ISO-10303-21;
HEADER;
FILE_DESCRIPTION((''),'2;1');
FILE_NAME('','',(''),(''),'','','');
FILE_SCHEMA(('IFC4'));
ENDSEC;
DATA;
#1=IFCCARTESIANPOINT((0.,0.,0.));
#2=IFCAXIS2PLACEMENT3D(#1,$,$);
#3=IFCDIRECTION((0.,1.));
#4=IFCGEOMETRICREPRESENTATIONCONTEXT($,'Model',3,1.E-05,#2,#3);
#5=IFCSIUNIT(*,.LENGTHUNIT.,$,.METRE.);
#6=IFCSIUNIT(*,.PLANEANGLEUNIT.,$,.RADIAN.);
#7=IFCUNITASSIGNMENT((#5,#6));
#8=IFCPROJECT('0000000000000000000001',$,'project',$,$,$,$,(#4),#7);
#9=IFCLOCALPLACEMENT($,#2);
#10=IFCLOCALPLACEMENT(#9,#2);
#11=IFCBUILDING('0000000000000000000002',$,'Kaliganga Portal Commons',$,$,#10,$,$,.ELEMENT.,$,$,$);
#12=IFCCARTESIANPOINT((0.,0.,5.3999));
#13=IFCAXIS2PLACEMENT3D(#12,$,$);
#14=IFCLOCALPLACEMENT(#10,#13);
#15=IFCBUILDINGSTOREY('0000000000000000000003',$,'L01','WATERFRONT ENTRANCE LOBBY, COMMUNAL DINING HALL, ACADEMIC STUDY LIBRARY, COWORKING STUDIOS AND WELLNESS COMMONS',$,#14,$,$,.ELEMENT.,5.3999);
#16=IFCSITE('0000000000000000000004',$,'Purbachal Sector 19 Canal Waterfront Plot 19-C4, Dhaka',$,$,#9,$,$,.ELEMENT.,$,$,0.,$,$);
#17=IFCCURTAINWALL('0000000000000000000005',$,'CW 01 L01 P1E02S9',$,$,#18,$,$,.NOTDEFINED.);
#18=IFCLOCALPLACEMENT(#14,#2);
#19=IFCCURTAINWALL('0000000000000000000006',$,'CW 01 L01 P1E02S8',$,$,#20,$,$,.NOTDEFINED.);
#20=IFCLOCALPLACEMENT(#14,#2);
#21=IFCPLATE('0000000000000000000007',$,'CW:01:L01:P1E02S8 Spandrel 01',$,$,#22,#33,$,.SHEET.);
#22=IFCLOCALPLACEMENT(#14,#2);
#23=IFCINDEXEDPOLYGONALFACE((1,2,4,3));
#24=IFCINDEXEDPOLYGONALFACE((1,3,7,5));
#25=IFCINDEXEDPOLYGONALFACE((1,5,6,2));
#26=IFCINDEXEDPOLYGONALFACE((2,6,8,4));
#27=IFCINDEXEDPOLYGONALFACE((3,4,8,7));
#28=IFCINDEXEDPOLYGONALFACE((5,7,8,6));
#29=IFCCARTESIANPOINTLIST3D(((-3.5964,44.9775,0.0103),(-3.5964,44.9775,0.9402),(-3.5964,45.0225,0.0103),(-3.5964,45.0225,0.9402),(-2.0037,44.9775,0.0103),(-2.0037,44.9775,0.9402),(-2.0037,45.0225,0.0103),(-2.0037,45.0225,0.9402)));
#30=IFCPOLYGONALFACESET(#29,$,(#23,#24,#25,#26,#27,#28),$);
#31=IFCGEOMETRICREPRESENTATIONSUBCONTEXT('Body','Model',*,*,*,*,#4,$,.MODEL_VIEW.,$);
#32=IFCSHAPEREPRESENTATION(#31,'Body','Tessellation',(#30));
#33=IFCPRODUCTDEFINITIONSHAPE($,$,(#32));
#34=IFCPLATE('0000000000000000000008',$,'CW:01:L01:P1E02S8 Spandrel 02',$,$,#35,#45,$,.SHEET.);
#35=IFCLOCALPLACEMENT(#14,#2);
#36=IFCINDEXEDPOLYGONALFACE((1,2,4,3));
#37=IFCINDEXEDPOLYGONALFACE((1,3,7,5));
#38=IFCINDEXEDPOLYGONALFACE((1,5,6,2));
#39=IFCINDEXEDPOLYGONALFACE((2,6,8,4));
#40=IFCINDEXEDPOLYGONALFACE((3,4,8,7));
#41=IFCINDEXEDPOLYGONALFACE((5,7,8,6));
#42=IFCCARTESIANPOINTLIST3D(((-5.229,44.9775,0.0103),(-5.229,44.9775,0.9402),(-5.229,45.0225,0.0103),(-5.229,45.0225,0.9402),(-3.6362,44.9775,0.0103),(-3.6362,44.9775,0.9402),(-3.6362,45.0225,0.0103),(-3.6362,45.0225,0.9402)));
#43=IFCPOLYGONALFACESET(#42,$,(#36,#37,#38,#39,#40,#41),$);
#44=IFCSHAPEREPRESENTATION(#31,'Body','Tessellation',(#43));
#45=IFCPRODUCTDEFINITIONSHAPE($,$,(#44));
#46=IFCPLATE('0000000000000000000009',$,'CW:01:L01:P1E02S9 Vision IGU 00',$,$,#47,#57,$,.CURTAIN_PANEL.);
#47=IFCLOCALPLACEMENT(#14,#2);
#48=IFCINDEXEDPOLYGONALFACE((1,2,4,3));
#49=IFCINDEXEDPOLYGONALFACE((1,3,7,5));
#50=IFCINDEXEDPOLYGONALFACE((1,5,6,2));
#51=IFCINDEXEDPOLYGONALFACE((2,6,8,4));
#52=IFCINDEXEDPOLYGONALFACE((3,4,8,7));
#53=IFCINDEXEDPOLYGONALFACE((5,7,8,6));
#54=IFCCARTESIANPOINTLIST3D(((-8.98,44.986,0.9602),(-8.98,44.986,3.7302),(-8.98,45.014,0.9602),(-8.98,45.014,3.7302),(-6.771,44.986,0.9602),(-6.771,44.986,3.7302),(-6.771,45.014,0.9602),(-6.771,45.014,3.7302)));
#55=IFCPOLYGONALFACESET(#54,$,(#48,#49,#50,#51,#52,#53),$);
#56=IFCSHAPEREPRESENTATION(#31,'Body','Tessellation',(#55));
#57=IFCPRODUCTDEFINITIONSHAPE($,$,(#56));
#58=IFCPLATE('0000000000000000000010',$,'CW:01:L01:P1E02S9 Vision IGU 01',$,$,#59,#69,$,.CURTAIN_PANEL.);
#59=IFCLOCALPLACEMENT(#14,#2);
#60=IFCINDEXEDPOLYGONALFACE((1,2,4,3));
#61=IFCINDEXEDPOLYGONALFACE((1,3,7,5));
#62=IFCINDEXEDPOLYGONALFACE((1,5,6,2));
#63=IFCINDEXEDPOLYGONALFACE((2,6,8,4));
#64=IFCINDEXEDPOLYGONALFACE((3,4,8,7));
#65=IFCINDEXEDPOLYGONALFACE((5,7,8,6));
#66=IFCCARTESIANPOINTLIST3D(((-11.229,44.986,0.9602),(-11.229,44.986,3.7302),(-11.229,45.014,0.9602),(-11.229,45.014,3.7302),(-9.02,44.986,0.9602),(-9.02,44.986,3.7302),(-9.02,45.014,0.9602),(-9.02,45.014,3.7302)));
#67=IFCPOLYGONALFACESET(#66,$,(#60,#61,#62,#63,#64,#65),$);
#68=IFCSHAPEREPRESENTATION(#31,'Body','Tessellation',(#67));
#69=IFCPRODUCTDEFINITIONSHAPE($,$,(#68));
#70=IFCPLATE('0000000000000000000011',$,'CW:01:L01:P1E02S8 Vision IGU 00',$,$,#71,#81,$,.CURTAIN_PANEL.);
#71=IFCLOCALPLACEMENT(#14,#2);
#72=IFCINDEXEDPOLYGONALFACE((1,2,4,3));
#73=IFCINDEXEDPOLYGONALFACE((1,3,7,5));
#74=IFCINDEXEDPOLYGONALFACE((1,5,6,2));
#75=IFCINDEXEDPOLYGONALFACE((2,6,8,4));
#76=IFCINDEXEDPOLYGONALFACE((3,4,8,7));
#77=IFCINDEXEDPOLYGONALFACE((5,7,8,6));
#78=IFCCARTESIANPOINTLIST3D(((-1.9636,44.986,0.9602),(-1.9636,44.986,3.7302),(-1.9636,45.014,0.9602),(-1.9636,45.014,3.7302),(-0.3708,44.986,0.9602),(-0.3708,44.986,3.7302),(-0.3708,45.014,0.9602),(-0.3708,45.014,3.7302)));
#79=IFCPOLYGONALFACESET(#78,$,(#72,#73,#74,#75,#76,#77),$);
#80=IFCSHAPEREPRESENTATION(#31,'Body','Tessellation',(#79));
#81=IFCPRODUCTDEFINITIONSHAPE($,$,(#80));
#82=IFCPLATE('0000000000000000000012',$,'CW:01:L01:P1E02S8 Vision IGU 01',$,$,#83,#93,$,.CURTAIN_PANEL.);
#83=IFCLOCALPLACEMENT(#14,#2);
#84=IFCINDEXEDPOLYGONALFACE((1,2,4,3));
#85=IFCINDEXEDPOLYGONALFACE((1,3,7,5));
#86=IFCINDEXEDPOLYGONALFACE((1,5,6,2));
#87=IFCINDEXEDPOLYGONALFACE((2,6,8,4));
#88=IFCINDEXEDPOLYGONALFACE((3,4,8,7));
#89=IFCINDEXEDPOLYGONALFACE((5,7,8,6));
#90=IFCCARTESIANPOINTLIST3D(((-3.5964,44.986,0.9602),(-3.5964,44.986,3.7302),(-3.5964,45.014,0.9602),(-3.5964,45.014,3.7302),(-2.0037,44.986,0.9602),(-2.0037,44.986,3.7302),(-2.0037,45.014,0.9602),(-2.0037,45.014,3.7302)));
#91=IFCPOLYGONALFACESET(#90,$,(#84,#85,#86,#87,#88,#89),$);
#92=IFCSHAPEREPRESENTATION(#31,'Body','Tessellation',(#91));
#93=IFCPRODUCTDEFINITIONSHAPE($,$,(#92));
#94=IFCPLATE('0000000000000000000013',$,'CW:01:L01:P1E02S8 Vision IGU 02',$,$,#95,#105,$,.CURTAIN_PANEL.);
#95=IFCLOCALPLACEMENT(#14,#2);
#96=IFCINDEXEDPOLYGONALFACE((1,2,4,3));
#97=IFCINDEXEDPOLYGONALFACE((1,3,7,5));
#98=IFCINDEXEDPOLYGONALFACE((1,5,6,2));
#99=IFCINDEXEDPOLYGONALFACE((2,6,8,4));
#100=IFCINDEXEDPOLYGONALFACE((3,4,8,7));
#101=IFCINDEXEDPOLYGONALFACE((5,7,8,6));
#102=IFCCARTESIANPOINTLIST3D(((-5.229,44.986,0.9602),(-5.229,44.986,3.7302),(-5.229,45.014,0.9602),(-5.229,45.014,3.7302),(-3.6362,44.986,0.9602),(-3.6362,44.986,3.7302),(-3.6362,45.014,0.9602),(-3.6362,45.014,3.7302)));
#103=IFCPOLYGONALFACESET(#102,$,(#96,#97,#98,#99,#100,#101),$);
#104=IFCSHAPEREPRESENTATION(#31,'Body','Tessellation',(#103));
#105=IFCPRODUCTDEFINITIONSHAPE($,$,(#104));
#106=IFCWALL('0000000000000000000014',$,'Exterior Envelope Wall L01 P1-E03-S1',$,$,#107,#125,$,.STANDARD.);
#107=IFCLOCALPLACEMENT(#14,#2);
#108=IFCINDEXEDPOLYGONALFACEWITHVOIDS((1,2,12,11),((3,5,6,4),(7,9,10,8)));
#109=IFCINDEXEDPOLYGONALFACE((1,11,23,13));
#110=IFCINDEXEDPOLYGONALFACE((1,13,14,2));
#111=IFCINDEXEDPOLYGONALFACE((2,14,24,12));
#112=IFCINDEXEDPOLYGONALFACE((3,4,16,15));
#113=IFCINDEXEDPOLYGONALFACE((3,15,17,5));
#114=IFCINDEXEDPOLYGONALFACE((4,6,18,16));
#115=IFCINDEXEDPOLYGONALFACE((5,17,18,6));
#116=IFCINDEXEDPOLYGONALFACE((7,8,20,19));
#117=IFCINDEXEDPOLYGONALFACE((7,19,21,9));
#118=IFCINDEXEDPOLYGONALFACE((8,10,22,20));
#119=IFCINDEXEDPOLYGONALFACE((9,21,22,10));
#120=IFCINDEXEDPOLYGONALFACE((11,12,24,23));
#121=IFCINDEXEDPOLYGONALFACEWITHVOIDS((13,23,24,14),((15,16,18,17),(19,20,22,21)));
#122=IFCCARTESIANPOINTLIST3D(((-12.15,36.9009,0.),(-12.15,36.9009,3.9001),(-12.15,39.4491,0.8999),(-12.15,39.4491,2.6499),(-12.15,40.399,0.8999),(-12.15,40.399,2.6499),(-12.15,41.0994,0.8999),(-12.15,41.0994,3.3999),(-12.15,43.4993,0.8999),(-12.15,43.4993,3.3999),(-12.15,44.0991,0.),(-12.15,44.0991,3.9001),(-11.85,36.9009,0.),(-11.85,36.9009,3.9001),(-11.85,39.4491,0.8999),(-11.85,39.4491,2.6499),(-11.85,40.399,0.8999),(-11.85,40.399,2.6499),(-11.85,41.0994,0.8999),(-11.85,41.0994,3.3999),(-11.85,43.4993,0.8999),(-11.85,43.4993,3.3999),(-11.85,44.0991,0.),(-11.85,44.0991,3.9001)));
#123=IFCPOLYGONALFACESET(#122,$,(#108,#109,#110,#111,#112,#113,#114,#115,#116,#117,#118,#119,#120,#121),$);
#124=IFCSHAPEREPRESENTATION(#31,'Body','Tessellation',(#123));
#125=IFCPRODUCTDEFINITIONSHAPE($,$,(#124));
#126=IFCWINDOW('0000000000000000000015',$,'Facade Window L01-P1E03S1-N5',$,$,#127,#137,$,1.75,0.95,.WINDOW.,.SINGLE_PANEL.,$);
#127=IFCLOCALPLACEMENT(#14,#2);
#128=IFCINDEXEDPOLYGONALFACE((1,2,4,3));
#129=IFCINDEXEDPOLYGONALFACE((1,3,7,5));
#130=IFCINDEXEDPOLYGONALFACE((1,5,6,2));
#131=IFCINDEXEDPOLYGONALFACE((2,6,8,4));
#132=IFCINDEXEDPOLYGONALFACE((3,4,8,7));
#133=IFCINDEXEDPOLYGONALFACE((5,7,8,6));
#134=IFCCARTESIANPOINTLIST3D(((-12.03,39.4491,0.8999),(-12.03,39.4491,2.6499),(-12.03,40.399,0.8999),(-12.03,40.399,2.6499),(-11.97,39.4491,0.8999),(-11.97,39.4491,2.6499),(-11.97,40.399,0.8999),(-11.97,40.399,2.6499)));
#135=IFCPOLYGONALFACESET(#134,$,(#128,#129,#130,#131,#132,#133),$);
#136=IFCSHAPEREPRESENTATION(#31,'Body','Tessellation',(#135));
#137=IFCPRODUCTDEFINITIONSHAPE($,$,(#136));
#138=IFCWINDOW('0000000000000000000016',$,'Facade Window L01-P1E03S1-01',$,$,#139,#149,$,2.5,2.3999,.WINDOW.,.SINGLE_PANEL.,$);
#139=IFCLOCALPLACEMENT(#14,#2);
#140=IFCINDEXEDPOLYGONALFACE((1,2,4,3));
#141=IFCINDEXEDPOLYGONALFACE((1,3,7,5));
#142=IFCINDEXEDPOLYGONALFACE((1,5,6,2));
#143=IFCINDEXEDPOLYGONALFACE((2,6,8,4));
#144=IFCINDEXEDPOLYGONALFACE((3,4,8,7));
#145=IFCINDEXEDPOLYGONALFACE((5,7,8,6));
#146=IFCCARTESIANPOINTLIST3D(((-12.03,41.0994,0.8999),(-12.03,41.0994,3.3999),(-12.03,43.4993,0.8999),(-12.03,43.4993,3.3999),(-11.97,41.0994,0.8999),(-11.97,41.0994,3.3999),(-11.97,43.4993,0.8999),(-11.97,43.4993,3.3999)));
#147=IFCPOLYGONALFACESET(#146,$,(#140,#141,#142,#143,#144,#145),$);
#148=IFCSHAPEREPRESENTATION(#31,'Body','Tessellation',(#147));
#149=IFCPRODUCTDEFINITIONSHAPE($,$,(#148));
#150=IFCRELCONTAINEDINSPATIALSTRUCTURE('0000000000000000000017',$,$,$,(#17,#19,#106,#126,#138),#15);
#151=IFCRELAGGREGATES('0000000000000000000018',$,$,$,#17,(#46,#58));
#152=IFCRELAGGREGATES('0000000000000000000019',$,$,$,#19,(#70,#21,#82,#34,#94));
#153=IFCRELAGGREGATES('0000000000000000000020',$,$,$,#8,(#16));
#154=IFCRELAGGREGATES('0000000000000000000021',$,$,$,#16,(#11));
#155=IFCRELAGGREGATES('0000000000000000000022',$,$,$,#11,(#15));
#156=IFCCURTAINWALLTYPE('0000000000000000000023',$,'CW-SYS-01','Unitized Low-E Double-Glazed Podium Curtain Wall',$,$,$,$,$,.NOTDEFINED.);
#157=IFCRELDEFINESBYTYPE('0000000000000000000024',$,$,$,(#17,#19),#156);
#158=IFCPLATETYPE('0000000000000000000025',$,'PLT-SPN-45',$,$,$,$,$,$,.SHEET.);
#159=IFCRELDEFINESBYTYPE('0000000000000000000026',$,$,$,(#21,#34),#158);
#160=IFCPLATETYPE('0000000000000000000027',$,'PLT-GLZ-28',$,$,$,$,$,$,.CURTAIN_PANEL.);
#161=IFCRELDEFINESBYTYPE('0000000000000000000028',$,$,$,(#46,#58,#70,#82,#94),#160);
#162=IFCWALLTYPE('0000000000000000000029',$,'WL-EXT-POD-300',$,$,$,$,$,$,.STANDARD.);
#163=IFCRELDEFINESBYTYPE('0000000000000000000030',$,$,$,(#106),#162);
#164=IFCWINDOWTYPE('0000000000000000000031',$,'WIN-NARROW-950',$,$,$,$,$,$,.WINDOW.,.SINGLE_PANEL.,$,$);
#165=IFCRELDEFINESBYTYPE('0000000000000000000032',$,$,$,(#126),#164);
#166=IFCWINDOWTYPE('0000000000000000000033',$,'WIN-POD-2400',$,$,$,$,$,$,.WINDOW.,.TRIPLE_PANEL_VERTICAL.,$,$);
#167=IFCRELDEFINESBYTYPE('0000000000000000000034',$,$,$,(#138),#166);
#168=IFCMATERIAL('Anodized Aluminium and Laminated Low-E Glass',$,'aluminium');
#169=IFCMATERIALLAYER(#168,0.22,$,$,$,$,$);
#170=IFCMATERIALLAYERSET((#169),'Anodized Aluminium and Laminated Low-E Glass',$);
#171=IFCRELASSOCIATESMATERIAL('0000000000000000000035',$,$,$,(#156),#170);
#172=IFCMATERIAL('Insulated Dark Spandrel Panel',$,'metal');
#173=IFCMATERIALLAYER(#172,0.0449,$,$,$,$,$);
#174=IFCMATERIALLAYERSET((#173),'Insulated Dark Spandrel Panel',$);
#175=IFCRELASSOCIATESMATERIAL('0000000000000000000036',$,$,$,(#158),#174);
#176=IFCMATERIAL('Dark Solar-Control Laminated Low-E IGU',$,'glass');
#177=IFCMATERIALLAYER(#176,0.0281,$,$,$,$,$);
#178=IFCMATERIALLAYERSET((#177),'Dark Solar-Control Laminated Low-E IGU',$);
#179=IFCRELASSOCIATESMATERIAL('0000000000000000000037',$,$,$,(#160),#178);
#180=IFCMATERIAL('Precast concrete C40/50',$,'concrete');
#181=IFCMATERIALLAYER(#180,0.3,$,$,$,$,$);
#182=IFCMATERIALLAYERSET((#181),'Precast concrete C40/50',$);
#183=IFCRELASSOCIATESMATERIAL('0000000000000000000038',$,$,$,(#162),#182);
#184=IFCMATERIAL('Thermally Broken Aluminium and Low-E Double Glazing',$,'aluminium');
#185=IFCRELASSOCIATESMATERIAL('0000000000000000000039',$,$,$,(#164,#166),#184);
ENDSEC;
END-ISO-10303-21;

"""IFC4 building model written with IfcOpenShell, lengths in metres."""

from ifc_helpers import new_model, si_unit, direction, frame, frame_2d, origin, origin_2d, place, context, subcontext, project, spatial, rectangle, extrude, source, transform, mapped, material, layer, layer_set, type_object, element, fill, aggregate, save


model = new_model("IFC4")

# Units and contexts
model_context = context("Model", 3, precision=1e-05, world=origin(), true_north=direction((0.0, 1.0)))
body_context = subcontext(model_context, "Body", "Model", "MODEL_VIEW")
ifc_project = project(units=[si_unit("LENGTHUNIT", "METRE"), si_unit("PLANEANGLEUNIT", "RADIAN")], contexts=[model_context])

# Site, building, storey
site_placement = place(None, origin())
site = spatial("IfcSite", under=ifc_project, at=site_placement, Name="Purbachal Sector 19 Canal Waterfront Plot 19-C4, Dhaka", CompositionType="ELEMENT", RefElevation=0.0)
building_placement = place(site_placement, origin())
building = spatial("IfcBuilding", under=site, at=building_placement, Name="Kaliganga Portal Commons", CompositionType="ELEMENT")
storey_placement = place(building_placement, frame((0.0, 0.0, 5.3999)))
storey = spatial("IfcBuildingStorey", under=building, at=storey_placement, Name="L01", Description="WATERFRONT ENTRANCE LOBBY, COMMUNAL DINING HALL, ACADEMIC STUDY LIBRARY, COWORKING STUDIOS AND WELLNESS COMMONS", CompositionType="ELEMENT", Elevation=5.3999)

# Curtain walls
ifc_material_1 = material(Name="Anodized Aluminium and Laminated Low-E Glass", Category="aluminium")
ifc_layer_1 = layer(ifc_material_1, 0.22)
ifc_layer_set_1 = layer_set([ifc_layer_1], Name="Anodized Aluminium and Laminated Low-E Glass")
curtain_wall_type = type_object("IfcCurtainWallType", Name="CW-SYS-01", Description="Unitized Low-E Double-Glazed Podium Curtain Wall", PredefinedType="NOTDEFINED", material=ifc_layer_set_1)
curtain_wall_1_placement = place(storey_placement, origin())
curtain_wall_1 = element("IfcCurtainWall", 1, at=curtain_wall_1_placement, inside=storey, type_object=curtain_wall_type, Name="CW 01 L01 P1E02S9", PredefinedType="NOTDEFINED")
curtain_wall_2_placement = place(storey_placement, origin())
curtain_wall_2 = element("IfcCurtainWall", 2, at=curtain_wall_2_placement, inside=storey, type_object=curtain_wall_type, Name="CW 01 L01 P1E02S8", PredefinedType="NOTDEFINED")

# Plates
ifc_material_2 = material(Name="Insulated Dark Spandrel Panel", Category="metal")
ifc_layer_2 = layer(ifc_material_2, 0.0449)
ifc_layer_set_2 = layer_set([ifc_layer_2], Name="Insulated Dark Spandrel Panel")
plate_type_1 = type_object("IfcPlateType", Name="PLT-SPN-45", PredefinedType="SHEET", material=ifc_layer_set_2)
shared_shape_1 = source(origin(), body_context, "Body", "SweptSolid", [
    extrude(rectangle(XDim=1.5928, YDim=0.0449, at=origin_2d()), origin(), (0.0, 0.0, 1.0), 0.9299),
])
plate_1_placement = place(storey_placement, frame((-2.8, 45.0, 0.0103), z_axis=(0.0, 0.0, 1.0), x_axis=(-1.0, 0.0, 0.0)))
plate_1 = element("IfcPlate", 3, at=plate_1_placement, type_object=plate_type_1, Name="CW:01:L01:P1E02S8 Spandrel 01", PredefinedType="SHEET", context=body_context, shape_type="MappedRepresentation", body=[
    mapped(shared_shape_1, transform((0.0, 0.0, 0.0), x_axis=(1.0, 0.0, 0.0), y_axis=(0.0, 1.0, 0.0), z_axis=(0.0, 0.0, 1.0), scale=1.0)),
])
plate_2_placement = place(storey_placement, frame((-4.4326, 45.0, 0.0103), z_axis=(0.0, 0.0, 1.0), x_axis=(-1.0, 0.0, 0.0)))
plate_2 = element("IfcPlate", 4, at=plate_2_placement, type_object=plate_type_1, Name="CW:01:L01:P1E02S8 Spandrel 02", PredefinedType="SHEET", context=body_context, shape_type="MappedRepresentation", body=[
    mapped(shared_shape_1, transform((0.0, 0.0, 0.0), x_axis=(1.0, 0.0, 0.0), y_axis=(0.0, 1.0, 0.0), z_axis=(0.0, 0.0, 1.0), scale=1.0)),
])
ifc_material_3 = material(Name="Dark Solar-Control Laminated Low-E IGU", Category="glass")
ifc_layer_3 = layer(ifc_material_3, 0.0281)
ifc_layer_set_3 = layer_set([ifc_layer_3], Name="Dark Solar-Control Laminated Low-E IGU")
plate_type_2 = type_object("IfcPlateType", Name="PLT-GLZ-28", PredefinedType="CURTAIN_PANEL", material=ifc_layer_set_3)
shared_shape_2 = source(origin(), body_context, "Body", "SweptSolid", [
    extrude(rectangle(XDim=2.209, YDim=0.0281, at=origin_2d()), origin(), (0.0, 0.0, 1.0), 2.77),
])
plate_3_placement = place(storey_placement, frame((-7.8755, 45.0, 0.9602), z_axis=(0.0, 0.0, 1.0), x_axis=(-1.0, 0.0, 0.0)))
plate_3 = element("IfcPlate", 5, at=plate_3_placement, type_object=plate_type_2, Name="CW:01:L01:P1E02S9 Vision IGU 00", PredefinedType="CURTAIN_PANEL", context=body_context, shape_type="MappedRepresentation", body=[
    mapped(shared_shape_2, transform((0.0, 0.0, 0.0), x_axis=(1.0, 0.0, 0.0), y_axis=(0.0, 1.0, 0.0), z_axis=(0.0, 0.0, 1.0), scale=1.0)),
])
plate_4_placement = place(storey_placement, frame((-10.1245, 45.0, 0.9602), z_axis=(0.0, 0.0, 1.0), x_axis=(-1.0, 0.0, 0.0)))
plate_4 = element("IfcPlate", 6, at=plate_4_placement, type_object=plate_type_2, Name="CW:01:L01:P1E02S9 Vision IGU 01", PredefinedType="CURTAIN_PANEL", context=body_context, shape_type="MappedRepresentation", body=[
    mapped(shared_shape_2, transform((0.0, 0.0, 0.0), x_axis=(1.0, 0.0, 0.0), y_axis=(0.0, 1.0, 0.0), z_axis=(0.0, 0.0, 1.0), scale=1.0)),
])
aggregate(curtain_wall_1, [plate_3, plate_4])
shared_shape_3 = source(origin(), body_context, "Body", "SweptSolid", [
    extrude(rectangle(XDim=1.5928, YDim=0.0281, at=origin_2d()), origin(), (0.0, 0.0, 1.0), 2.77),
])
plate_5_placement = place(storey_placement, frame((-1.1672, 45.0, 0.9602), z_axis=(0.0, 0.0, 1.0), x_axis=(-1.0, 0.0, 0.0)))
plate_5 = element("IfcPlate", 7, at=plate_5_placement, type_object=plate_type_2, Name="CW:01:L01:P1E02S8 Vision IGU 00", PredefinedType="CURTAIN_PANEL", context=body_context, shape_type="MappedRepresentation", body=[
    mapped(shared_shape_3, transform((0.0, 0.0, 0.0), x_axis=(1.0, 0.0, 0.0), y_axis=(0.0, 1.0, 0.0), z_axis=(0.0, 0.0, 1.0), scale=1.0)),
])
plate_6_placement = place(storey_placement, frame((-2.8, 45.0, 0.9602), z_axis=(0.0, 0.0, 1.0), x_axis=(-1.0, 0.0, 0.0)))
plate_6 = element("IfcPlate", 8, at=plate_6_placement, type_object=plate_type_2, Name="CW:01:L01:P1E02S8 Vision IGU 01", PredefinedType="CURTAIN_PANEL", context=body_context, shape_type="MappedRepresentation", body=[
    mapped(shared_shape_3, transform((0.0, 0.0, 0.0), x_axis=(1.0, 0.0, 0.0), y_axis=(0.0, 1.0, 0.0), z_axis=(0.0, 0.0, 1.0), scale=1.0)),
])
plate_7_placement = place(storey_placement, frame((-4.4326, 45.0, 0.9602), z_axis=(0.0, 0.0, 1.0), x_axis=(-1.0, 0.0, 0.0)))
plate_7 = element("IfcPlate", 9, at=plate_7_placement, type_object=plate_type_2, Name="CW:01:L01:P1E02S8 Vision IGU 02", PredefinedType="CURTAIN_PANEL", context=body_context, shape_type="MappedRepresentation", body=[
    mapped(shared_shape_3, transform((0.0, 0.0, 0.0), x_axis=(1.0, 0.0, 0.0), y_axis=(0.0, 1.0, 0.0), z_axis=(0.0, 0.0, 1.0), scale=1.0)),
])
aggregate(curtain_wall_2, [plate_5, plate_1, plate_6, plate_2, plate_7])

# Wall, openings, windows
ifc_material_4 = material(Name="Precast concrete C40/50", Category="concrete")
ifc_layer_4 = layer(ifc_material_4, 0.3)
ifc_layer_set_4 = layer_set([ifc_layer_4], Name="Precast concrete C40/50")
wall_type_1 = type_object("IfcWallType", Name="WL-EXT-POD-300", PredefinedType="STANDARD", material=ifc_layer_set_4)
wall_1_placement = place(storey_placement, frame((-12.0, 36.9009, 0.0), z_axis=(0.0, 0.0, 1.0), x_axis=(0.0, 1.0, 0.0)))
wall_1 = element("IfcWall", 10, at=wall_1_placement, inside=storey, type_object=wall_type_1, Name="Exterior Envelope Wall L01 P1-E03-S1", PredefinedType="STANDARD", context=body_context, shape_type="SweptSolid", body=[
    extrude(rectangle(XDim=7.1982, YDim=0.3, at=frame_2d((3.5991, 0.0))), origin(), (0.0, 0.0, 1.0), 3.9001),
])
opening_1_placement = place(wall_1_placement, frame((4.1985, 0.0, 0.8999)))
opening_1 = element("IfcOpeningElement", 11, at=opening_1_placement, cuts=wall_1, PredefinedType="OPENING", context=body_context, shape_type="SweptSolid", body=[
    extrude(rectangle(XDim=2.3999, YDim=2.5, at=frame_2d((1.2, 1.25))), frame((0.0, 0.1602, 0.0), z_axis=(0.0, -1.0, 0.0), x_axis=(1.0, 0.0, 0.0)), (0.0, 0.0, 1.0), 0.3201),
])
opening_2_placement = place(wall_1_placement, frame((2.5481, 0.0, 0.8999)))
opening_2 = element("IfcOpeningElement", 12, at=opening_2_placement, cuts=wall_1, PredefinedType="OPENING", context=body_context, shape_type="SweptSolid", body=[
    extrude(rectangle(XDim=0.95, YDim=1.75, at=frame_2d((0.4751, 0.875))), frame((0.0, 0.1602, 0.0), z_axis=(0.0, -1.0, 0.0), x_axis=(1.0, 0.0, 0.0)), (0.0, 0.0, 1.0), 0.3201),
])
ifc_material_5 = material(Name="Thermally Broken Aluminium and Low-E Double Glazing", Category="aluminium")
window_type_1 = type_object("IfcWindowType", Name="WIN-NARROW-950", PartitioningType="SINGLE_PANEL", PredefinedType="WINDOW", material=ifc_material_5)
window_1_placement = place(opening_2_placement, origin())
window_1 = element("IfcWindow", 13, at=window_1_placement, inside=storey, type_object=window_type_1, Name="Facade Window L01-P1E03S1-N5", OverallHeight=1.75, OverallWidth=0.95, PartitioningType="SINGLE_PANEL", PredefinedType="WINDOW", context=body_context, shape_type="SweptSolid", body=[
    extrude(rectangle(XDim=0.95, YDim=1.75, at=frame_2d((0.4751, 0.875))), frame((0.0, 0.03, 0.0), z_axis=(0.0, -1.0, 0.0), x_axis=(1.0, 0.0, 0.0)), (0.0, 0.0, 1.0), 0.0601),
])
fill(opening_2, window_1)
window_type_2 = type_object("IfcWindowType", Name="WIN-POD-2400", PartitioningType="TRIPLE_PANEL_VERTICAL", PredefinedType="WINDOW", material=ifc_material_5)
window_2_placement = place(opening_1_placement, origin())
window_2 = element("IfcWindow", 14, at=window_2_placement, inside=storey, type_object=window_type_2, Name="Facade Window L01-P1E03S1-01", OverallHeight=2.5, OverallWidth=2.3999, PartitioningType="SINGLE_PANEL", PredefinedType="WINDOW", context=body_context, shape_type="SweptSolid", body=[
    extrude(rectangle(XDim=2.3999, YDim=2.5, at=frame_2d((1.2, 1.25))), frame((0.0, 0.03, 0.0), z_axis=(0.0, -1.0, 0.0), x_axis=(1.0, 0.0, 0.0)), (0.0, 0.0, 1.0), 0.0601),
])
fill(opening_1, window_2)

save(model, "model.ifc")
